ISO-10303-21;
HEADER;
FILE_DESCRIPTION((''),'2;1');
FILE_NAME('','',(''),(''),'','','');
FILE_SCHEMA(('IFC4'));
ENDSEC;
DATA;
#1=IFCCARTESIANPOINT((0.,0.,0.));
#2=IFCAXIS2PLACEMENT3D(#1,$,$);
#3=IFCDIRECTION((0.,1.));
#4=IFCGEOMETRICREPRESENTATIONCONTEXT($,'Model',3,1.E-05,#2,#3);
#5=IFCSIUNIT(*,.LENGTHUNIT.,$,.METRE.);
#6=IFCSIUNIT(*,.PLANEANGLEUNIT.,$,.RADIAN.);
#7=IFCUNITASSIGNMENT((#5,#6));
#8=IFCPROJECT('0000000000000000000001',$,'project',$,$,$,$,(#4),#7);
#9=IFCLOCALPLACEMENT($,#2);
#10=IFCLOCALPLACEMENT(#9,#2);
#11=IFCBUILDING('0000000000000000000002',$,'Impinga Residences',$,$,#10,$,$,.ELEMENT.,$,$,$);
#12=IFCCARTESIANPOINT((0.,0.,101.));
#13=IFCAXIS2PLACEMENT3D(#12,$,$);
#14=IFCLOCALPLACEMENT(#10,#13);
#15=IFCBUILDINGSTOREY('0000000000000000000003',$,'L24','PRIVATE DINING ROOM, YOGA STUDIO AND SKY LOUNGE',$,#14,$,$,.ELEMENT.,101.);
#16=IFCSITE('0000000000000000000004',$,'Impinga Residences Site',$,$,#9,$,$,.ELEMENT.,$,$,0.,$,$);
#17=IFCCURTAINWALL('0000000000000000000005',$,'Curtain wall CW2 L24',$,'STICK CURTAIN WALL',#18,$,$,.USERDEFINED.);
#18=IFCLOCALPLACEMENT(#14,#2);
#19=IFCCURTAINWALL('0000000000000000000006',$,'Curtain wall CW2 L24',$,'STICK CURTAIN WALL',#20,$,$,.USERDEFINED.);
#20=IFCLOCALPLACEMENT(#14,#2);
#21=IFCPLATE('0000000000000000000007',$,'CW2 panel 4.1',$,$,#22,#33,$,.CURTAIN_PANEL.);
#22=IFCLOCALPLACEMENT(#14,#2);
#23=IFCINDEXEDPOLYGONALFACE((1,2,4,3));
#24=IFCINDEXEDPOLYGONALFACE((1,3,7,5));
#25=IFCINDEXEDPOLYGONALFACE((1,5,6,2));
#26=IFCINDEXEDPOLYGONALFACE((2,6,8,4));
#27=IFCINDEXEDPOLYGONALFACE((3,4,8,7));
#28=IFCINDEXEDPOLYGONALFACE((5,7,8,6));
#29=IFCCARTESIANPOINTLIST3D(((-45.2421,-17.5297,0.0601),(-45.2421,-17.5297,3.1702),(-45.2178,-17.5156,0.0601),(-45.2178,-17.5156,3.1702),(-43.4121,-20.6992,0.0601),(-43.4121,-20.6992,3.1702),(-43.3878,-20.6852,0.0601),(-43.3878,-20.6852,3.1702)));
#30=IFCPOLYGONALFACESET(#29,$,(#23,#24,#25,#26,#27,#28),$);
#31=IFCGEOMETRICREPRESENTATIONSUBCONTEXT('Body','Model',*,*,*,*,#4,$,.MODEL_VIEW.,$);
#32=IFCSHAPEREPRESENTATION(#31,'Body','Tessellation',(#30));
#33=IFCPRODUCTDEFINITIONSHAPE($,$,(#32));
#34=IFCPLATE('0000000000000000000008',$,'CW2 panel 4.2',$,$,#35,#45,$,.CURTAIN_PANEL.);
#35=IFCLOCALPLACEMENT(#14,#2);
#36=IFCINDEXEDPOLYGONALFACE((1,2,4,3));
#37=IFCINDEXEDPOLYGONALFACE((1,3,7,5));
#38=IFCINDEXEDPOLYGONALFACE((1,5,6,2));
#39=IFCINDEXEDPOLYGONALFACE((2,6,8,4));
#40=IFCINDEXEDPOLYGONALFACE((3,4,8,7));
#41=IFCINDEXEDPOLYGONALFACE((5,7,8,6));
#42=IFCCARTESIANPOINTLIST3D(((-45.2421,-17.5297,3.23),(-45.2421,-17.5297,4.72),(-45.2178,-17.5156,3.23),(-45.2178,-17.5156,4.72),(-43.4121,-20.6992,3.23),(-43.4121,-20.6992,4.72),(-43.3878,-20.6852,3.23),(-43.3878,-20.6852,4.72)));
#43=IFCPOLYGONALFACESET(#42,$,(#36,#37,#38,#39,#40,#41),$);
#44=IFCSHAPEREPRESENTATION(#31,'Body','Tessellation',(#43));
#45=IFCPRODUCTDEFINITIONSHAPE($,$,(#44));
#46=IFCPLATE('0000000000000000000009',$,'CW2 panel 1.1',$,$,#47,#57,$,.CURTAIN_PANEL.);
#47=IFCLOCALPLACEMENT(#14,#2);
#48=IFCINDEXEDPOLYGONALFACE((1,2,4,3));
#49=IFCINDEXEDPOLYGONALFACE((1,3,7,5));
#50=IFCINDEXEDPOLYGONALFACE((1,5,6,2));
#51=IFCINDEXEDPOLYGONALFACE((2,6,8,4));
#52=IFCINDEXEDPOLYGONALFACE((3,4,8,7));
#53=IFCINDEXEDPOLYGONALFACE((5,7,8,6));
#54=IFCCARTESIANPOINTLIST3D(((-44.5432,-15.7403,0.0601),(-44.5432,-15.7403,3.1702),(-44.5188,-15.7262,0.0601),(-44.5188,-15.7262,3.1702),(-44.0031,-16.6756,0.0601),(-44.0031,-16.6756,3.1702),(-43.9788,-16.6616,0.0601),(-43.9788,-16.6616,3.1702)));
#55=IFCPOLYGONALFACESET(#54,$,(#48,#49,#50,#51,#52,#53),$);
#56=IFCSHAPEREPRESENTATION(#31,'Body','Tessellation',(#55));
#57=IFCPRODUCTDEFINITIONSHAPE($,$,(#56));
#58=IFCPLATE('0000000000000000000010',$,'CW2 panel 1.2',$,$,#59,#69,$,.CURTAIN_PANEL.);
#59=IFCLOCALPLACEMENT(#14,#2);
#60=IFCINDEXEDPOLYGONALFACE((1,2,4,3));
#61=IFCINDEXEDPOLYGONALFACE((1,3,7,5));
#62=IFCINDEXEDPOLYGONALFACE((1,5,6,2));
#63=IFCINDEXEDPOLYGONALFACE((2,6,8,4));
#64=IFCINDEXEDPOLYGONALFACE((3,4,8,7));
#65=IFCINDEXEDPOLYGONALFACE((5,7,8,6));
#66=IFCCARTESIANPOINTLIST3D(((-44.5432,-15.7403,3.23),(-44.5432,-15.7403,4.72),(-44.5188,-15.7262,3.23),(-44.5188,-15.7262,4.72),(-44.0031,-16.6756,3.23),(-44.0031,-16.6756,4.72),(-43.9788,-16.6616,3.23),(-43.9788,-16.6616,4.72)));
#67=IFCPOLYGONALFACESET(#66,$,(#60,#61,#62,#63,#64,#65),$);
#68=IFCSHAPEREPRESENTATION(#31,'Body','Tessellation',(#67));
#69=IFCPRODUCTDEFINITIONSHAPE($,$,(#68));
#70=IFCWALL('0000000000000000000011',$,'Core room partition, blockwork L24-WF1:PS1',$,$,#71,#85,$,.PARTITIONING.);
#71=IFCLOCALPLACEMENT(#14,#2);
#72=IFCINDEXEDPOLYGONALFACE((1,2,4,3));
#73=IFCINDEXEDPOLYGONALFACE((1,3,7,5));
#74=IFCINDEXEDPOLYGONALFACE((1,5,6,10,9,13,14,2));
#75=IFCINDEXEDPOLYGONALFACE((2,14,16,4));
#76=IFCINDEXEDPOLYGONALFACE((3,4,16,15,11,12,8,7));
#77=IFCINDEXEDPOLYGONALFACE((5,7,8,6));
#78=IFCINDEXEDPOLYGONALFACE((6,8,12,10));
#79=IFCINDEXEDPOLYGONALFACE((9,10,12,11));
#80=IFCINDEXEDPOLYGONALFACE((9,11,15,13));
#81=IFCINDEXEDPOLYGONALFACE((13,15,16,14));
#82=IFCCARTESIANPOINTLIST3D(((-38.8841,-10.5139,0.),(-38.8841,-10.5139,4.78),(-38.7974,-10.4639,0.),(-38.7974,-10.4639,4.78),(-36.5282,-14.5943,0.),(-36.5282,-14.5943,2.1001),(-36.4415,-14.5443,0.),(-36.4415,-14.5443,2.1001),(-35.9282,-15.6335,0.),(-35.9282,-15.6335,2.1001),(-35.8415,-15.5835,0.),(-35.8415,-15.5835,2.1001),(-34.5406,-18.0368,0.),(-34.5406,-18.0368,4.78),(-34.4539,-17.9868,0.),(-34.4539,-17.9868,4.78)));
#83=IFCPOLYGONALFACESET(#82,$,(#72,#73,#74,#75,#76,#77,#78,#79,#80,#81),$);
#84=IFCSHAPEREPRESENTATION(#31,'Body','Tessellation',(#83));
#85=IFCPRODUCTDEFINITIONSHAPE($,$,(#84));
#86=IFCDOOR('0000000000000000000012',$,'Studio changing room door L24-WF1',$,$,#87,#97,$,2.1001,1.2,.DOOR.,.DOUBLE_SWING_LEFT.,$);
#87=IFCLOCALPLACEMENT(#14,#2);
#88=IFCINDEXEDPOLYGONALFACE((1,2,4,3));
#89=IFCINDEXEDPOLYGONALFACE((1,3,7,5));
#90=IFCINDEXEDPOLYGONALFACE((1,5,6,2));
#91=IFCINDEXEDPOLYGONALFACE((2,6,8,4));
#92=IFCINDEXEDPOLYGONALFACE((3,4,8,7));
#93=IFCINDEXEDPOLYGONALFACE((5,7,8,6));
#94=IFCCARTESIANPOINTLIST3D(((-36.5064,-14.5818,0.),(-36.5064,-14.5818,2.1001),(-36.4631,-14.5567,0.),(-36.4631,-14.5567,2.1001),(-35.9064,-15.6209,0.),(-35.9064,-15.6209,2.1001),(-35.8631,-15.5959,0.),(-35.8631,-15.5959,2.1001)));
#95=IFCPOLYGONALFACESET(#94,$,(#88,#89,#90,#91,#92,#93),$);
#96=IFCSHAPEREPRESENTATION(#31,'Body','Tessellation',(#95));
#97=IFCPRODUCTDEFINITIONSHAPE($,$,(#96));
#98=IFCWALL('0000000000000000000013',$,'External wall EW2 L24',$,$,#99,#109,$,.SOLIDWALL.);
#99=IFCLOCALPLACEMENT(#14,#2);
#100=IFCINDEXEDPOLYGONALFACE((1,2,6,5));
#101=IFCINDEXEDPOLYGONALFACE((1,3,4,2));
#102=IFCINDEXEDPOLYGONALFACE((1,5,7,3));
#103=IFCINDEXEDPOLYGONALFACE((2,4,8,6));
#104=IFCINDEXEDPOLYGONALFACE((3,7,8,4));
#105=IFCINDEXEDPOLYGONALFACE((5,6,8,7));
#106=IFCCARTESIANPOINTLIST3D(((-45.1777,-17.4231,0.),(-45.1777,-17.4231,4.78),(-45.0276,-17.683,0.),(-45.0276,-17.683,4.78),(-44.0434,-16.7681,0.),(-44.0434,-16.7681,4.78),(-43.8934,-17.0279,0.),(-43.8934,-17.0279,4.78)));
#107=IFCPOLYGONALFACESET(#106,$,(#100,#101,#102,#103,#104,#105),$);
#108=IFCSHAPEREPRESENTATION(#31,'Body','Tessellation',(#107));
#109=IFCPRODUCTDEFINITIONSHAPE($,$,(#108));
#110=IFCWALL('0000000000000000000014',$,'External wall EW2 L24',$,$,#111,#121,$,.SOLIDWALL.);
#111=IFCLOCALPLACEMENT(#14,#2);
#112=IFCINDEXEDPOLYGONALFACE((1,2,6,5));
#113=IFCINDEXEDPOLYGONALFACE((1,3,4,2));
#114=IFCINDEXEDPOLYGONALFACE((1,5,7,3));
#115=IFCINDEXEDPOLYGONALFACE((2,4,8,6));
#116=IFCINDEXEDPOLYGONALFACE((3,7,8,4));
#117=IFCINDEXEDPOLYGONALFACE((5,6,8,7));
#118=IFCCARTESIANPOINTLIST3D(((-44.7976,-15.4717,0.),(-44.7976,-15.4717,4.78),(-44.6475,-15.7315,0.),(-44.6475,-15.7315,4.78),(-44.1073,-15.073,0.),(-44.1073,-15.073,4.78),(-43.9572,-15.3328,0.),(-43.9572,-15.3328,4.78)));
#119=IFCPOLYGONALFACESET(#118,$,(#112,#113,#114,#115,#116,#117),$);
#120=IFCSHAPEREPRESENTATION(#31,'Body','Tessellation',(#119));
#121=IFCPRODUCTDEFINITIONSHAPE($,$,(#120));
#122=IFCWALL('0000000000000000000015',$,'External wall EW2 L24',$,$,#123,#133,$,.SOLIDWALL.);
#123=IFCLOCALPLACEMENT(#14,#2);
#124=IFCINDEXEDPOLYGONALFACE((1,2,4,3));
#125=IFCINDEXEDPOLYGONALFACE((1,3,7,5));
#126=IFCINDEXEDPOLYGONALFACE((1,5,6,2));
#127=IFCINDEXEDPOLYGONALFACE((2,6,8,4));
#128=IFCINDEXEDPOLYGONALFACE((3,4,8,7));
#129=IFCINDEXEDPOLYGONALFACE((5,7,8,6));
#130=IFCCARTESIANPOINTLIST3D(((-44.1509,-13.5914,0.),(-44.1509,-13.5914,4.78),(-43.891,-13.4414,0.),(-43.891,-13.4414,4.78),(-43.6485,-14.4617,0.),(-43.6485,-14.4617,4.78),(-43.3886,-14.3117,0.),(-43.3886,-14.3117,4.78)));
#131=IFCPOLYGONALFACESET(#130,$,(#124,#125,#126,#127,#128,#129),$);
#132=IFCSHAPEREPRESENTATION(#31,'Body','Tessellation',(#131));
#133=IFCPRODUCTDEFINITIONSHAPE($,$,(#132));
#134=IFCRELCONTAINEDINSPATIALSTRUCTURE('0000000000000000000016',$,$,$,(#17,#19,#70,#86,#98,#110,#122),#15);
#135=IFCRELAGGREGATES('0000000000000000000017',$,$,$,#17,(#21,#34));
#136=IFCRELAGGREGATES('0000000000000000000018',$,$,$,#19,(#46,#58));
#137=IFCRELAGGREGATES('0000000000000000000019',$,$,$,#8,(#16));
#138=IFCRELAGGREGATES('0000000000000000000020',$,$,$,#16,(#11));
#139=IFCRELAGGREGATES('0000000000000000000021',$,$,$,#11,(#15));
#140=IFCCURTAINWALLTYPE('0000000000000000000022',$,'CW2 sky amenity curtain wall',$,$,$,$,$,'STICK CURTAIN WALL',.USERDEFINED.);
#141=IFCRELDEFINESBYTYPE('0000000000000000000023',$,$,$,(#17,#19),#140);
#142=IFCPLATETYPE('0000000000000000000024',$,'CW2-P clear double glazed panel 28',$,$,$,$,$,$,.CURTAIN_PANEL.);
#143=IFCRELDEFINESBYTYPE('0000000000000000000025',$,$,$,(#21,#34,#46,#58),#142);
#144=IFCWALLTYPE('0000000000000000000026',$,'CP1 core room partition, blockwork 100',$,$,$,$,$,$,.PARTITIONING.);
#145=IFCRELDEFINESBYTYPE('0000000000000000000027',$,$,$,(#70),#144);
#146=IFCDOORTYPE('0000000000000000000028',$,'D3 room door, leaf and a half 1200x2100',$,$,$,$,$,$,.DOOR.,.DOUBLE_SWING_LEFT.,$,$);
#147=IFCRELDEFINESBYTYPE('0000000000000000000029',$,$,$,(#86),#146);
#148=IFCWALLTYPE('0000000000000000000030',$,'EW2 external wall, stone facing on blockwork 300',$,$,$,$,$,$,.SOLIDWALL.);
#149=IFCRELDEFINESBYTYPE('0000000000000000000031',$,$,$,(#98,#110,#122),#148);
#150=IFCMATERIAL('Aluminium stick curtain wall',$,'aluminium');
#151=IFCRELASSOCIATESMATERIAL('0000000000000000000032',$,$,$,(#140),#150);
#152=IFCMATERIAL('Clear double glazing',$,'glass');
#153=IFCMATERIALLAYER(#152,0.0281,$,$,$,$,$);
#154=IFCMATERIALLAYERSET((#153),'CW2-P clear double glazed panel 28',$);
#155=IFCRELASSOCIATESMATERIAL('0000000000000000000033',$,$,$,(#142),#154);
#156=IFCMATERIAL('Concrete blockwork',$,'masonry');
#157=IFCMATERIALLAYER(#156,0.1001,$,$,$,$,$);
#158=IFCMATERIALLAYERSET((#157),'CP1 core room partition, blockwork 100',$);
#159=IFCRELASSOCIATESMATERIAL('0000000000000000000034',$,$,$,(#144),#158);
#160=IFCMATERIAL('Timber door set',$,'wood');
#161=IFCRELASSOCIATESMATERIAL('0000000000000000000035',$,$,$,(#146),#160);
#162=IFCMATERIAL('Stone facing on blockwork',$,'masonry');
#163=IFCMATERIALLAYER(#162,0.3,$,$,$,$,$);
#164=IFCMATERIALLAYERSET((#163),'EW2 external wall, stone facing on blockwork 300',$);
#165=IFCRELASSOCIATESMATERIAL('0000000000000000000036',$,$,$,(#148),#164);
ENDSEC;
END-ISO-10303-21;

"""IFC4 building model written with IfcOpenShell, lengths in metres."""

from ifc_helpers import new_model, si_unit, direction, frame, frame_2d, origin, origin_2d, place, context, subcontext, project, spatial, rectangle, extrude, material, layer, layer_set, type_object, element, fill, aggregate, save


model = new_model("IFC4")

# Units and contexts
model_context = context("Model", 3, precision=1e-05, world=origin(), true_north=direction((0.0, 1.0)))
body_context = subcontext(model_context, "Body", "Model", "MODEL_VIEW")
ifc_project = project(units=[si_unit("LENGTHUNIT", "METRE"), si_unit("PLANEANGLEUNIT", "RADIAN")], contexts=[model_context])

# Site, building, storey
site_placement = place(None, origin())
site = spatial("IfcSite", under=ifc_project, at=site_placement, Name="Impinga Residences Site", CompositionType="ELEMENT", RefElevation=0.0)
building_placement = place(site_placement, origin())
building = spatial("IfcBuilding", under=site, at=building_placement, Name="Impinga Residences", CompositionType="ELEMENT")
storey_placement = place(building_placement, frame((0.0, 0.0, 101.0)))
storey = spatial("IfcBuildingStorey", under=building, at=storey_placement, Name="L24", Description="PRIVATE DINING ROOM, YOGA STUDIO AND SKY LOUNGE", CompositionType="ELEMENT", Elevation=101.0)

# Curtain wall
ifc_material_1 = material(Name="Aluminium stick curtain wall", Category="aluminium")
curtain_wall_type = type_object("IfcCurtainWallType", Name="CW2 sky amenity curtain wall", ElementType="STICK CURTAIN WALL", PredefinedType="USERDEFINED", material=ifc_material_1)
curtain_wall_1_placement = place(storey_placement, origin())
curtain_wall_1 = element("IfcCurtainWall", 1, at=curtain_wall_1_placement, inside=storey, type_object=curtain_wall_type, Name="Curtain wall CW2 L24", ObjectType="STICK CURTAIN WALL", PredefinedType="USERDEFINED")

# Curtain wall
curtain_wall_2_placement = place(storey_placement, origin())
curtain_wall_2 = element("IfcCurtainWall", 2, at=curtain_wall_2_placement, inside=storey, type_object=curtain_wall_type, Name="Curtain wall CW2 L24", ObjectType="STICK CURTAIN WALL", PredefinedType="USERDEFINED")

# Plates
ifc_material_2 = material(Name="Clear double glazing", Category="glass")
ifc_layer_1 = layer(ifc_material_2, 0.0281)
ifc_layer_set_1 = layer_set([ifc_layer_1], Name="CW2-P clear double glazed panel 28")
plate_type = type_object("IfcPlateType", Name="CW2-P clear double glazed panel 28", PredefinedType="CURTAIN_PANEL", material=ifc_layer_set_1)
plate_1_placement = place(storey_placement, frame((-44.3149, -19.1074, 0.0601), z_axis=(0.0, 0.0, 1.0), x_axis=(-0.5, 0.866025, 0.0)))
plate_1 = element("IfcPlate", 3, at=plate_1_placement, type_object=plate_type, Name="CW2 panel 4.1", PredefinedType="CURTAIN_PANEL", context=body_context, shape_type="SweptSolid", body=[
    extrude(rectangle(XDim=3.6599, YDim=0.0281, at=origin_2d()), origin(), (0.0, 0.0, 1.0), 3.1101),
])
plate_2_placement = place(storey_placement, frame((-44.3149, -19.1074, 3.23), z_axis=(0.0, 0.0, 1.0), x_axis=(-0.5, 0.866025, 0.0)))
plate_2 = element("IfcPlate", 4, at=plate_2_placement, type_object=plate_type, Name="CW2 panel 4.2", PredefinedType="CURTAIN_PANEL", context=body_context, shape_type="SweptSolid", body=[
    extrude(rectangle(XDim=3.6599, YDim=0.0281, at=origin_2d()), origin(), (0.0, 0.0, 1.0), 1.49),
])
aggregate(curtain_wall_1, [plate_1, plate_2])
plate_3_placement = place(storey_placement, frame((-44.261, -16.2009, 0.0601), z_axis=(0.0, 0.0, 1.0), x_axis=(-0.5, 0.866025, 0.0)))
plate_3 = element("IfcPlate", 5, at=plate_3_placement, type_object=plate_type, Name="CW2 panel 1.1", PredefinedType="CURTAIN_PANEL", context=body_context, shape_type="SweptSolid", body=[
    extrude(rectangle(XDim=1.0801, YDim=0.0281, at=origin_2d()), origin(), (0.0, 0.0, 1.0), 3.1101),
])
plate_4_placement = place(storey_placement, frame((-44.261, -16.2009, 3.23), z_axis=(0.0, 0.0, 1.0), x_axis=(-0.5, 0.866025, 0.0)))
plate_4 = element("IfcPlate", 6, at=plate_4_placement, type_object=plate_type, Name="CW2 panel 1.2", PredefinedType="CURTAIN_PANEL", context=body_context, shape_type="SweptSolid", body=[
    extrude(rectangle(XDim=1.0801, YDim=0.0281, at=origin_2d()), origin(), (0.0, 0.0, 1.0), 1.49),
])
aggregate(curtain_wall_2, [plate_3, plate_4])

# Wall, opening, door
ifc_material_3 = material(Name="Concrete blockwork", Category="masonry")
ifc_layer_2 = layer(ifc_material_3, 0.1001)
ifc_layer_set_2 = layer_set([ifc_layer_2], Name="CP1 core room partition, blockwork 100")
wall_type_1 = type_object("IfcWallType", Name="CP1 core room partition, blockwork 100", PredefinedType="PARTITIONING", material=ifc_layer_set_2)
wall_1_placement = place(storey_placement, frame((-34.4973, -18.0117, 0.0), z_axis=(0.0, 0.0, 1.0), x_axis=(-0.500011, 0.866019, 0.0)))
wall_1 = element("IfcWall", 7, at=wall_1_placement, inside=storey, type_object=wall_type_1, Name="Core room partition, blockwork L24-WF1:PS1", PredefinedType="PARTITIONING", context=body_context, shape_type="SweptSolid", body=[
    extrude(rectangle(XDim=8.6868, YDim=0.1001, at=frame_2d((4.3433, 0.0))), origin(), (0.0, 0.0, 1.0), 4.78),
])
opening_placement = place(wall_1_placement, frame((2.7749, 0.0, 0.0)))
opening = element("IfcOpeningElement", 8, at=opening_placement, cuts=wall_1, PredefinedType="OPENING", context=body_context, shape_type="SweptSolid", body=[
    extrude(rectangle(XDim=1.2, YDim=2.1001, at=frame_2d((0.6001, 1.05))), frame((0.0, 0.0601, 0.0), z_axis=(0.0, -1.0, 0.0), x_axis=(1.0, 0.0, 0.0)), (0.0, 0.0, 1.0), 0.1201),
])
ifc_material_4 = material(Name="Timber door set", Category="wood")
door_type = type_object("IfcDoorType", Name="D3 room door, leaf and a half 1200x2100", OperationType="DOUBLE_SWING_LEFT", PredefinedType="DOOR", material=ifc_material_4)
door_placement = place(opening_placement, origin())
door = element("IfcDoor", 9, at=door_placement, inside=storey, type_object=door_type, Name="Studio changing room door L24-WF1", OperationType="DOUBLE_SWING_LEFT", OverallHeight=2.1001, OverallWidth=1.2, PredefinedType="DOOR", context=body_context, shape_type="SweptSolid", body=[
    extrude(rectangle(XDim=1.2, YDim=2.1001, at=frame_2d((0.6001, 1.05))), frame((0.0, 0.0249, 0.0), z_axis=(0.0, -1.0, 0.0), x_axis=(1.0, 0.0, 0.0)), (0.0, 0.0, 1.0), 0.05),
])
fill(opening, door)

# Walls
ifc_material_5 = material(Name="Stone facing on blockwork", Category="masonry")
ifc_layer_3 = layer(ifc_material_5, 0.3)
ifc_layer_set_3 = layer_set([ifc_layer_3], Name="EW2 external wall, stone facing on blockwork 300")
wall_type_2 = type_object("IfcWallType", Name="EW2 external wall, stone facing on blockwork 300", PredefinedType="SOLIDWALL", material=ifc_layer_set_3)
wall_2_placement = place(storey_placement, frame((-45.1025, -17.553, 0.0), z_axis=(0.0, 0.0, 1.0), x_axis=(0.865974, 0.500088, 0.0)))
element("IfcWall", 10, at=wall_2_placement, inside=storey, type_object=wall_type_2, Name="External wall EW2 L24", PredefinedType="SOLIDWALL", context=body_context, shape_type="SweptSolid", body=[
    extrude(rectangle(XDim=1.3098, YDim=0.3, at=frame_2d((0.6548, 0.0))), origin(), (0.0, 0.0, 1.0), 4.78),
])
wall_3_placement = place(storey_placement, frame((-44.7224, -15.6016, 0.0), z_axis=(0.0, 0.0, 1.0), x_axis=(0.865915, 0.500191, 0.0)))
element("IfcWall", 11, at=wall_3_placement, inside=storey, type_object=wall_type_2, Name="External wall EW2 L24", PredefinedType="SOLIDWALL", context=body_context, shape_type="SweptSolid", body=[
    extrude(rectangle(XDim=0.7971, YDim=0.3, at=frame_2d((0.3984, 0.0))), origin(), (0.0, 0.0, 1.0), 4.78),
])
wall_4_placement = place(storey_placement, frame((-43.5186, -14.3867, 0.0), z_axis=(0.0, 0.0, 1.0), x_axis=(-0.499954, 0.866052, 0.0)))
element("IfcWall", 12, at=wall_4_placement, inside=storey, type_object=wall_type_2, Name="External wall EW2 L24", PredefinedType="SOLIDWALL", context=body_context, shape_type="SweptSolid", body=[
    extrude(rectangle(XDim=1.0049, YDim=0.3, at=frame_2d((0.5024, 0.0))), origin(), (0.0, 0.0, 1.0), 4.78),
])

save(model, "model.ifc")
